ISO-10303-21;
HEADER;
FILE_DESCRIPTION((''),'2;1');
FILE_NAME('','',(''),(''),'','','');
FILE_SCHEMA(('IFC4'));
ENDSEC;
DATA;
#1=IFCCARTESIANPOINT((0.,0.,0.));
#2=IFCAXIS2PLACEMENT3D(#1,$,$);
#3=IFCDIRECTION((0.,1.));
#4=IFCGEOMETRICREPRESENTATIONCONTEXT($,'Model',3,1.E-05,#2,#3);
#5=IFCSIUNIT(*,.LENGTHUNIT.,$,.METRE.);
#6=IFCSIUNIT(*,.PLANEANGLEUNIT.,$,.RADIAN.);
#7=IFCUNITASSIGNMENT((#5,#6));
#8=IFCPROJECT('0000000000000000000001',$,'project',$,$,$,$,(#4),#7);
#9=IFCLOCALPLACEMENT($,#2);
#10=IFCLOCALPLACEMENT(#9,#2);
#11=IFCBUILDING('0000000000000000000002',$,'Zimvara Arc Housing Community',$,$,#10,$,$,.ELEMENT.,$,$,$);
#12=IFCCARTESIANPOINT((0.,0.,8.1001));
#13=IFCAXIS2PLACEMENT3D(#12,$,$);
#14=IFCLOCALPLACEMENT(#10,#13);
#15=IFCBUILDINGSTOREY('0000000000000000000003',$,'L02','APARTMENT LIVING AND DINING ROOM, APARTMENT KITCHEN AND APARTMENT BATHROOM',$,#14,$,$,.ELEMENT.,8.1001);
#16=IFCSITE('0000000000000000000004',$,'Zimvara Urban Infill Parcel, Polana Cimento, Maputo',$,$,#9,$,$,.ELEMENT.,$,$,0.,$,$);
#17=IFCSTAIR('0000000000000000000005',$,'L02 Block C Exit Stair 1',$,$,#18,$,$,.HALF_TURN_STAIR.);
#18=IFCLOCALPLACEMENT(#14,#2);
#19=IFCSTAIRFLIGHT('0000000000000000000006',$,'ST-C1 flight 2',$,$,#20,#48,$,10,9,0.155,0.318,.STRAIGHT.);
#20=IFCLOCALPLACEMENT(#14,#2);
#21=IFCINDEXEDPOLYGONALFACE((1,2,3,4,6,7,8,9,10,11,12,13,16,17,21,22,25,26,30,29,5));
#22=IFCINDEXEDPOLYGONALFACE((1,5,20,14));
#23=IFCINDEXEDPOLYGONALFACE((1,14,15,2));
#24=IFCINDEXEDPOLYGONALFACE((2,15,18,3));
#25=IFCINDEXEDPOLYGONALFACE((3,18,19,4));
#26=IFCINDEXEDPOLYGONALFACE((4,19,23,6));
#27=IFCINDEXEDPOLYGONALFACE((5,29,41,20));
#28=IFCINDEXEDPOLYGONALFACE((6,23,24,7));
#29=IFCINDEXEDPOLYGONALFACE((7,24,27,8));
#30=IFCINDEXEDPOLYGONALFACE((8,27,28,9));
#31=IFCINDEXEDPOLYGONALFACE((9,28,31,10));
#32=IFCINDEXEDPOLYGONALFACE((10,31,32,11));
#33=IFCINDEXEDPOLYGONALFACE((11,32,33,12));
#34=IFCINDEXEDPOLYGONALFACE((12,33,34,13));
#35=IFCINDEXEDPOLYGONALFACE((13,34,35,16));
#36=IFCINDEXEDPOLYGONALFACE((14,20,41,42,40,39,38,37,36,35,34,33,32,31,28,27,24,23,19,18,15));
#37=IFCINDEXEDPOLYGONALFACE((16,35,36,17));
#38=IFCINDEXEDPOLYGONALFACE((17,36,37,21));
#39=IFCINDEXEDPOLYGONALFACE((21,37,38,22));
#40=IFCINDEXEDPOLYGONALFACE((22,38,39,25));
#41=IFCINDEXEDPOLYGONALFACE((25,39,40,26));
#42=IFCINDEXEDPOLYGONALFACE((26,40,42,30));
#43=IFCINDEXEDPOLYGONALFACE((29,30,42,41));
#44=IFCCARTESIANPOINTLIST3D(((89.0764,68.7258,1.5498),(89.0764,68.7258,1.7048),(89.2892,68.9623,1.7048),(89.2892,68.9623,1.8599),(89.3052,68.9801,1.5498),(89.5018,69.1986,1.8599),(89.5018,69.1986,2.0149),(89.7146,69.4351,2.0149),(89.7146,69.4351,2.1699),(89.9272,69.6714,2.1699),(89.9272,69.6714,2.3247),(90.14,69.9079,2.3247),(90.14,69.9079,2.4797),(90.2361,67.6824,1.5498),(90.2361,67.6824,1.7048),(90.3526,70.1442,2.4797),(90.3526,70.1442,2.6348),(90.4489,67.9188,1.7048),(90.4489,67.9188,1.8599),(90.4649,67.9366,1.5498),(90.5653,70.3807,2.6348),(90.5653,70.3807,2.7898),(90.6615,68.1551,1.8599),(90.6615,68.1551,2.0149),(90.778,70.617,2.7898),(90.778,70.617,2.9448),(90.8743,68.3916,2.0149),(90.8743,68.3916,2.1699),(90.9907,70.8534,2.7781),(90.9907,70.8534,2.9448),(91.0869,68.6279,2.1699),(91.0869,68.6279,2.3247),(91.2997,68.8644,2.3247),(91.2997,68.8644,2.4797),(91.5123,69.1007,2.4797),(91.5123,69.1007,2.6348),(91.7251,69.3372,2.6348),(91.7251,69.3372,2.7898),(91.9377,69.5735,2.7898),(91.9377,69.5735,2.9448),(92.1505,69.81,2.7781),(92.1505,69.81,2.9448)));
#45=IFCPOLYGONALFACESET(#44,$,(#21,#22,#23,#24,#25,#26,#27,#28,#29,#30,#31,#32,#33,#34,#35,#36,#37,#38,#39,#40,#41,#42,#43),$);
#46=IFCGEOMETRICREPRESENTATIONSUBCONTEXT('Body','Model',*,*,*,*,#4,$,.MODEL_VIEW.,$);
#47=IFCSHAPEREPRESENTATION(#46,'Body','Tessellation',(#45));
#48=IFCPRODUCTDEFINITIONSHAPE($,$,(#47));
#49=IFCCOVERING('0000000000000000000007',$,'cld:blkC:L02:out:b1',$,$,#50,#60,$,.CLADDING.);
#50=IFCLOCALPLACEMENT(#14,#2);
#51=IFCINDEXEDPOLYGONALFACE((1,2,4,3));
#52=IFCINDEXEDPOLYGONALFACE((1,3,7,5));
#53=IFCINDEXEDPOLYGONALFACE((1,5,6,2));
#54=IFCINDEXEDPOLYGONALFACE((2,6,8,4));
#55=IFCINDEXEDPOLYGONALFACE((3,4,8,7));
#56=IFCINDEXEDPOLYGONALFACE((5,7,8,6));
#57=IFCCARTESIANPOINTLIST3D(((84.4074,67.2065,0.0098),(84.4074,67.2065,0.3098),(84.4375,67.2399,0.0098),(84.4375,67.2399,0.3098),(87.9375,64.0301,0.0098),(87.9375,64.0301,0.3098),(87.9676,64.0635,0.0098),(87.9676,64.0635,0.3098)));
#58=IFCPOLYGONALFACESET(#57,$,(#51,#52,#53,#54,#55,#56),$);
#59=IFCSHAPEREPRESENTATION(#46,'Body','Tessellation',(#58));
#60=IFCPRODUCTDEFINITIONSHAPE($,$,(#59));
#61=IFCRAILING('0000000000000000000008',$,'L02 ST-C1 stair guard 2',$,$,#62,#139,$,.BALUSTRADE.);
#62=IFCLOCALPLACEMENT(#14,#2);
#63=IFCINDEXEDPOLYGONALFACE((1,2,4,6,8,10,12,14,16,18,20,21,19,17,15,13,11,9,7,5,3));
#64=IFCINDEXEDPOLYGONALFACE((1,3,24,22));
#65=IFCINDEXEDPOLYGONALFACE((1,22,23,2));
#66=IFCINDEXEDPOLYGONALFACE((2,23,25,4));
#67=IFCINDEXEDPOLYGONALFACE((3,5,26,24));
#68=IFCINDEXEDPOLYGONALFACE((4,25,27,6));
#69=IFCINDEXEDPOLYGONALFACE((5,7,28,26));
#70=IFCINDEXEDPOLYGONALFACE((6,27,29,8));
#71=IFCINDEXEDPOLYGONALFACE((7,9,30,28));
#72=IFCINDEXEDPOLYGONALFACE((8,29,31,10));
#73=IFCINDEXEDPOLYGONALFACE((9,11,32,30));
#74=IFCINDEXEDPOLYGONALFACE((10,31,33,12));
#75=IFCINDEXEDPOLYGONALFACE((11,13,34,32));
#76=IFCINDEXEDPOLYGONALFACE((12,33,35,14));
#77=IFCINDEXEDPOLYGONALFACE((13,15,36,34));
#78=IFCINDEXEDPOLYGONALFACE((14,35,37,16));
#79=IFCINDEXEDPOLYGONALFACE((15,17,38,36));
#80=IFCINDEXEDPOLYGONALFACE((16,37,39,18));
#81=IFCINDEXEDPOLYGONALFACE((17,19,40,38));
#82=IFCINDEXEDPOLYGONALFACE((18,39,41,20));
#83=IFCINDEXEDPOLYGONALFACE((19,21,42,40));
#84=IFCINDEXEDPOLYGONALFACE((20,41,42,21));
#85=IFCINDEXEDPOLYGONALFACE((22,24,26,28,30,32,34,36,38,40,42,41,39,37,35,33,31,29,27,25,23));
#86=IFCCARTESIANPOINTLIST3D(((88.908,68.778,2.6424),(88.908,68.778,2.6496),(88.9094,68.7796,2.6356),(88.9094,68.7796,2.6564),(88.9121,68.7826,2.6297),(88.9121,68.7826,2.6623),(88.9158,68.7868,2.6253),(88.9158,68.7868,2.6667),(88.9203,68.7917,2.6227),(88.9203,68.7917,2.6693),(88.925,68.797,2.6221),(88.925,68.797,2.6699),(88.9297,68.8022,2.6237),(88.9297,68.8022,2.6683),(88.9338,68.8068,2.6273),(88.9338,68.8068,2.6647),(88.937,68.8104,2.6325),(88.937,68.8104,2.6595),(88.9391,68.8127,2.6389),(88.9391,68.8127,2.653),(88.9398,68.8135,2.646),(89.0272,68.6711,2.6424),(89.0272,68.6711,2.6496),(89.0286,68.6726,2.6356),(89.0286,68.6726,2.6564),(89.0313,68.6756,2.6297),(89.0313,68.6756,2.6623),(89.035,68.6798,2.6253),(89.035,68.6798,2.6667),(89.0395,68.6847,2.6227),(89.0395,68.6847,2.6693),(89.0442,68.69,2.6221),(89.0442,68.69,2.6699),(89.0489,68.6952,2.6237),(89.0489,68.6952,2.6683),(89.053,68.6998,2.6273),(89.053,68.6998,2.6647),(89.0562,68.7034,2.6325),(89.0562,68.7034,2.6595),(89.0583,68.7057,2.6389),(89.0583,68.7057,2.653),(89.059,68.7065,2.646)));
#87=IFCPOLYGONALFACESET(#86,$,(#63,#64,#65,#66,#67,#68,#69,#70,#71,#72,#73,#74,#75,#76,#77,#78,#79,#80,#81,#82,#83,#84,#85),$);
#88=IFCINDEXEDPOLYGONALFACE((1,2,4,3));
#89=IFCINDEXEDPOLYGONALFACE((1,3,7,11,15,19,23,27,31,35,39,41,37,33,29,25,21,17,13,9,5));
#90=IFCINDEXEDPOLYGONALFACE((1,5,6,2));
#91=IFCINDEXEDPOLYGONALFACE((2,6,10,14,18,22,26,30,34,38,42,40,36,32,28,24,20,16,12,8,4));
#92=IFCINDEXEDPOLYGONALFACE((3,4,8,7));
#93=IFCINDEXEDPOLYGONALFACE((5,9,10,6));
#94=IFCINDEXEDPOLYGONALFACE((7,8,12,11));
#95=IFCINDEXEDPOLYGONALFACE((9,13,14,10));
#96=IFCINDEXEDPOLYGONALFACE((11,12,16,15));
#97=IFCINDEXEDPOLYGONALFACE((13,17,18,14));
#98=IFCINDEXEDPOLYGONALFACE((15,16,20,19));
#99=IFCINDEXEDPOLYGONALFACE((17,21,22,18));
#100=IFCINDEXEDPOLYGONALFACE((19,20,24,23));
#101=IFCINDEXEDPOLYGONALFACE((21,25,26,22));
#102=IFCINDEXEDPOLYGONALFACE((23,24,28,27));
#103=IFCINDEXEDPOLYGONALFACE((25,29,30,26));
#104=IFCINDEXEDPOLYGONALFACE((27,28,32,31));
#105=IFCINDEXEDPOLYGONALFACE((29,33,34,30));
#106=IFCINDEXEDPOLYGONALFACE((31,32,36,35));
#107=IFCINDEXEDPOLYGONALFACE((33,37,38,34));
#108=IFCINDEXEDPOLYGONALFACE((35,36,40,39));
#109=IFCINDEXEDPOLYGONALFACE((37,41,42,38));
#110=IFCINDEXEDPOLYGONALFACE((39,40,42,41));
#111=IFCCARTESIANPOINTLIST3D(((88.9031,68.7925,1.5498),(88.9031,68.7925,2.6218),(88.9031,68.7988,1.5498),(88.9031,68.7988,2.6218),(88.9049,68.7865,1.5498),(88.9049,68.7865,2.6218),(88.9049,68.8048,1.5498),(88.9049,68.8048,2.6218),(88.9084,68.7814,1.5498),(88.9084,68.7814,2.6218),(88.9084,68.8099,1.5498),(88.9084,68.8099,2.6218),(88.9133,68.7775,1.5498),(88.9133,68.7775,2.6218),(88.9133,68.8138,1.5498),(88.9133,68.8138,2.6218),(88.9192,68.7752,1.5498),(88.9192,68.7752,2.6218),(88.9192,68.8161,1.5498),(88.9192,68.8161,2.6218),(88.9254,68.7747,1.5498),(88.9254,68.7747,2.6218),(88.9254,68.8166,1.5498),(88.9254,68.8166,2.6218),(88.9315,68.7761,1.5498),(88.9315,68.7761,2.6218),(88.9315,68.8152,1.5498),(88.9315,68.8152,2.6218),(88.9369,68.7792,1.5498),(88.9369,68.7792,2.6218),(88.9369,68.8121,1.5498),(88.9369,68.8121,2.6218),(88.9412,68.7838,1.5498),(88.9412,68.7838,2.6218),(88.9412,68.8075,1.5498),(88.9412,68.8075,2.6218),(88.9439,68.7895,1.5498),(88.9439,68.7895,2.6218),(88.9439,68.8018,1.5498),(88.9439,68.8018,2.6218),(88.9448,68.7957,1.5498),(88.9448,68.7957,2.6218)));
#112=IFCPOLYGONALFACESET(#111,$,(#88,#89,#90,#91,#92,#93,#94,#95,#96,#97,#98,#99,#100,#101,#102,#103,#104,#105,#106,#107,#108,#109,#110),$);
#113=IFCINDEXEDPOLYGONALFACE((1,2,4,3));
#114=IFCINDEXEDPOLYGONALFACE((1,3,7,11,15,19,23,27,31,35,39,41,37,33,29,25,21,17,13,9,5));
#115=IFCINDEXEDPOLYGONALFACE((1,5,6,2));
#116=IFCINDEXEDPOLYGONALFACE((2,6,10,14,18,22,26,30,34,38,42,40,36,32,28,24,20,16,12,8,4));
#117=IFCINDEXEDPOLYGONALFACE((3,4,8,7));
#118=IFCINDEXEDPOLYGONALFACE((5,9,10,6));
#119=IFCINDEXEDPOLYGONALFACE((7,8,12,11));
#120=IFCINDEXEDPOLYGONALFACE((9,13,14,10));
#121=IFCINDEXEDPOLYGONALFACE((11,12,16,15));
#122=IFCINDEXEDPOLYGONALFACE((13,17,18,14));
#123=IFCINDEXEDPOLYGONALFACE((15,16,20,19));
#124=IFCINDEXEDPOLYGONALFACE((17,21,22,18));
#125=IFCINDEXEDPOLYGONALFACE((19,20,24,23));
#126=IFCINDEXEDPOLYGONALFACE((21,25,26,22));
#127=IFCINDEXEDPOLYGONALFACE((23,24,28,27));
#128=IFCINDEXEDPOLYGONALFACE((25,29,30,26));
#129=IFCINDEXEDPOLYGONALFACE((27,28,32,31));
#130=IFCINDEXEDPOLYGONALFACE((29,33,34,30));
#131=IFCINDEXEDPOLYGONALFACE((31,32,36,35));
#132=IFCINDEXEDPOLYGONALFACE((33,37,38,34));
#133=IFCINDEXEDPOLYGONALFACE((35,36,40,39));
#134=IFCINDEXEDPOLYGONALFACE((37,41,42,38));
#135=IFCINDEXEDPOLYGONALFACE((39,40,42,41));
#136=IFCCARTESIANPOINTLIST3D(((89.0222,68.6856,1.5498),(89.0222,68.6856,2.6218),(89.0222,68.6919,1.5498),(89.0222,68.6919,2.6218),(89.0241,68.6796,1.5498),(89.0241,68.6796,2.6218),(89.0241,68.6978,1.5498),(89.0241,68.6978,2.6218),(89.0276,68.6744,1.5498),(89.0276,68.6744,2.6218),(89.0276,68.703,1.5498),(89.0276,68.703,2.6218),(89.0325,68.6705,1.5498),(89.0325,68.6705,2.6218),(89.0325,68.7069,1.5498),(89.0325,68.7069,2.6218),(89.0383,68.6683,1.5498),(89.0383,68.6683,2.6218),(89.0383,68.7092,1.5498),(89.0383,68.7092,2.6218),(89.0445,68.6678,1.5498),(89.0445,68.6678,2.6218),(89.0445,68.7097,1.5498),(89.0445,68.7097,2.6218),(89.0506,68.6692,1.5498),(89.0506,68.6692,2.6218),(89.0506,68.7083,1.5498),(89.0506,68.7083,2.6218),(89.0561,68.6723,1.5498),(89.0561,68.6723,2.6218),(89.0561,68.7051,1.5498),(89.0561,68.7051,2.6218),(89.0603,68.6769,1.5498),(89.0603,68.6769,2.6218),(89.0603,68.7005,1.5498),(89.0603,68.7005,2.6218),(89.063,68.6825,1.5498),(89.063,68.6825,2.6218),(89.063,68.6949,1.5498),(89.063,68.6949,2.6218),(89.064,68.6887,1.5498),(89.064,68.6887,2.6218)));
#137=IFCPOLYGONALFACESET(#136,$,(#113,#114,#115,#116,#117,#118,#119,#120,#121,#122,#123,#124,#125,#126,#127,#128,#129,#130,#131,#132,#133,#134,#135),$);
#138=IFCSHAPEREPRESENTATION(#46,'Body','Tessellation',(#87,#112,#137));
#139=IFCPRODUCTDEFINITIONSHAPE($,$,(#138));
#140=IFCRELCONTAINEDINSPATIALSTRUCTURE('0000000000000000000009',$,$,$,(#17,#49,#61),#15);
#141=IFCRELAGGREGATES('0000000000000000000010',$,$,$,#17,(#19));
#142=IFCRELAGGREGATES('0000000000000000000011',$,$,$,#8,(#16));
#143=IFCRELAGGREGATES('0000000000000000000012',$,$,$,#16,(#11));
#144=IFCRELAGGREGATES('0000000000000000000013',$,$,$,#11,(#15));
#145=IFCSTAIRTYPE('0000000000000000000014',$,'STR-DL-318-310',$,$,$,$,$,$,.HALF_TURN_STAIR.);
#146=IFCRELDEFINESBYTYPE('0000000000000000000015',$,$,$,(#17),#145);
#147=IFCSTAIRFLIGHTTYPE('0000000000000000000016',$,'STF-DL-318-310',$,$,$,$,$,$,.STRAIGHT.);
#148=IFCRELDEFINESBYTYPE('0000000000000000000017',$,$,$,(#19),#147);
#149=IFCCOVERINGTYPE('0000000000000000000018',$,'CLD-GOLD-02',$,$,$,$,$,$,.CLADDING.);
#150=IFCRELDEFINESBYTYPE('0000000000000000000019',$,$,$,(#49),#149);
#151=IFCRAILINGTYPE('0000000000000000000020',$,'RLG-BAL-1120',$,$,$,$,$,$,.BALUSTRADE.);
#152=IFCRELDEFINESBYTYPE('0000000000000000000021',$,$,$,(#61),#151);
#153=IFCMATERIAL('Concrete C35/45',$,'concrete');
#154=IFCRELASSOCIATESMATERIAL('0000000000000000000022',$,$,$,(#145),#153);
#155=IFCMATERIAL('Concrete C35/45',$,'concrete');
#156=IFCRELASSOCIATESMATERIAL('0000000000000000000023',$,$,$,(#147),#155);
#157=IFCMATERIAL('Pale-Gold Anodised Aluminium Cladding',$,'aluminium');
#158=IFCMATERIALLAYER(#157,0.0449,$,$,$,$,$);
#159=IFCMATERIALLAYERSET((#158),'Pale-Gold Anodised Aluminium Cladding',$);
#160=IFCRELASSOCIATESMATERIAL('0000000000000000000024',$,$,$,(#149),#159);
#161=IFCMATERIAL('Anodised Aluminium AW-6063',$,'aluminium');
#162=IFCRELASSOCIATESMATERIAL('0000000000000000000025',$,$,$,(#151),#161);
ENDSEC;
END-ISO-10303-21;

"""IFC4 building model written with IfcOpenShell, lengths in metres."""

from ifc_helpers import new_model, si_unit, direction, frame, origin, origin_2d, place, context, subcontext, project, spatial, polyline, rectangle, circle, outline, extrude, material, layer, layer_set, type_object, element, aggregate, save


model = new_model("IFC4")

# Units and contexts
model_context = context("Model", 3, precision=1e-05, world=origin(), true_north=direction((0.0, 1.0)))
body_context = subcontext(model_context, "Body", "Model", "MODEL_VIEW")
ifc_project = project(units=[si_unit("LENGTHUNIT", "METRE"), si_unit("PLANEANGLEUNIT", "RADIAN")], contexts=[model_context])

# Site, building, storey
site_placement = place(None, origin())
site = spatial("IfcSite", under=ifc_project, at=site_placement, Name="Zimvara Urban Infill Parcel, Polana Cimento, Maputo", CompositionType="ELEMENT", RefElevation=0.0)
building_placement = place(site_placement, origin())
building = spatial("IfcBuilding", under=site, at=building_placement, Name="Zimvara Arc Housing Community", CompositionType="ELEMENT")
storey_placement = place(building_placement, frame((0.0, 0.0, 8.1001)))
storey = spatial("IfcBuildingStorey", under=building, at=storey_placement, Name="L02", Description="APARTMENT LIVING AND DINING ROOM, APARTMENT KITCHEN AND APARTMENT BATHROOM", CompositionType="ELEMENT", Elevation=8.1001)

# Stair, stair flight
ifc_material_1 = material(Name="Concrete C35/45", Category="concrete")
stair_type = type_object("IfcStairType", Name="STR-DL-318-310", PredefinedType="HALF_TURN_STAIR", material=ifc_material_1)
stair_placement = place(storey_placement, origin())
stair = element("IfcStair", 1, at=stair_placement, inside=storey, type_object=stair_type, Name="L02 Block C Exit Stair 1", PredefinedType="HALF_TURN_STAIR")
ifc_material_2 = material(Name="Concrete C35/45", Category="concrete")
stair_flight_type = type_object("IfcStairFlightType", Name="STF-DL-318-310", PredefinedType="STRAIGHT", material=ifc_material_2)
stair_flight_placement = place(storey_placement, frame((89.6562, 68.2041, 1.5498), z_axis=(0.0, 0.0, 1.0), x_axis=(0.668871, 0.743378, 0.0)))
stair_flight = element("IfcStairFlight", 2, at=stair_flight_placement, type_object=stair_flight_type, Name="ST-C1 flight 2", NumberOfRisers=10, NumberOfTreads=9, PredefinedType="STRAIGHT", RiserHeight=0.155, TreadLength=0.318, context=body_context, shape_type="SweptSolid", body=[
    extrude(outline(polyline([(0.0, 0.0), (0.0, 0.155), (0.3181, 0.155), (0.3181, 0.3101), (0.636, 0.3101), (0.636, 0.4651), (0.9541, 0.4651), (0.9541, 0.6201), (1.272, 0.6201), (1.272, 0.7749), (1.5901, 0.7749), (1.5901, 0.9299), (1.908, 0.9299), (1.908, 1.085), (2.2261, 1.085), (2.2261, 1.24), (2.5439, 1.24), (2.5439, 1.395), (2.8621, 1.395), (2.8621, 1.55), (2.8621, 1.2283), (0.342, 0.0), (0.0, 0.0)])), frame((0.0, 0.78, 0.0), z_axis=(0.0, -1.0, 0.0), x_axis=(1.0, 0.0, 0.0)), (0.0, 0.0, 1.0), 1.5601),
])
aggregate(stair, [stair_flight])

# Covering
ifc_material_3 = material(Name="Pale-Gold Anodised Aluminium Cladding", Category="aluminium")
ifc_layer_1 = layer(ifc_material_3, 0.0449)
ifc_layer_set_1 = layer_set([ifc_layer_1], Name="Pale-Gold Anodised Aluminium Cladding")
covering_type = type_object("IfcCoveringType", Name="CLD-GOLD-02", PredefinedType="CLADDING", material=ifc_layer_set_1)
covering_placement = place(storey_placement, frame((86.1875, 65.635, 0.0098), z_axis=(0.0, 0.0, 1.0), x_axis=(0.743377, -0.668872, 0.0)))
element("IfcCovering", 3, at=covering_placement, inside=storey, type_object=covering_type, Name="cld:blkC:L02:out:b1", PredefinedType="CLADDING", context=body_context, shape_type="SweptSolid", body=[
    extrude(rectangle(XDim=4.7488, YDim=0.0449, at=origin_2d()), origin(), (0.0, 0.0, 1.0), 0.3),
])

# Railing
ifc_material_4 = material(Name="Anodised Aluminium AW-6063", Category="aluminium")
railing_type = type_object("IfcRailingType", Name="RLG-BAL-1120", PredefinedType="BALUSTRADE", material=ifc_material_4)
railing_1_placement = place(storey_placement, frame((88.9238, 68.7957, 1.5498)))
element("IfcRailing", 4, at=railing_1_placement, inside=storey, type_object=railing_type, Name="L02 ST-C1 stair guard 2", PredefinedType="BALUSTRADE", context=body_context, shape_type="SweptSolid", body=[
    extrude(circle(Radius=0.0239, at=origin_2d()), frame((0.0, 0.0, 1.0962), z_axis=(0.744203, -0.667953, 0.0), x_axis=(0.667953, 0.744203, 0.0)), (0.0, 0.0, 1.0), 0.1602),
    extrude(circle(Radius=0.021, at=origin_2d()), origin(), (0.0, 0.0, 1.0), 1.072),
    extrude(circle(Radius=0.021, at=origin_2d()), frame((0.1191, -0.1069, 0.0)), (0.0, 0.0, 1.0), 1.072),
])

save(model, "model.ifc")
